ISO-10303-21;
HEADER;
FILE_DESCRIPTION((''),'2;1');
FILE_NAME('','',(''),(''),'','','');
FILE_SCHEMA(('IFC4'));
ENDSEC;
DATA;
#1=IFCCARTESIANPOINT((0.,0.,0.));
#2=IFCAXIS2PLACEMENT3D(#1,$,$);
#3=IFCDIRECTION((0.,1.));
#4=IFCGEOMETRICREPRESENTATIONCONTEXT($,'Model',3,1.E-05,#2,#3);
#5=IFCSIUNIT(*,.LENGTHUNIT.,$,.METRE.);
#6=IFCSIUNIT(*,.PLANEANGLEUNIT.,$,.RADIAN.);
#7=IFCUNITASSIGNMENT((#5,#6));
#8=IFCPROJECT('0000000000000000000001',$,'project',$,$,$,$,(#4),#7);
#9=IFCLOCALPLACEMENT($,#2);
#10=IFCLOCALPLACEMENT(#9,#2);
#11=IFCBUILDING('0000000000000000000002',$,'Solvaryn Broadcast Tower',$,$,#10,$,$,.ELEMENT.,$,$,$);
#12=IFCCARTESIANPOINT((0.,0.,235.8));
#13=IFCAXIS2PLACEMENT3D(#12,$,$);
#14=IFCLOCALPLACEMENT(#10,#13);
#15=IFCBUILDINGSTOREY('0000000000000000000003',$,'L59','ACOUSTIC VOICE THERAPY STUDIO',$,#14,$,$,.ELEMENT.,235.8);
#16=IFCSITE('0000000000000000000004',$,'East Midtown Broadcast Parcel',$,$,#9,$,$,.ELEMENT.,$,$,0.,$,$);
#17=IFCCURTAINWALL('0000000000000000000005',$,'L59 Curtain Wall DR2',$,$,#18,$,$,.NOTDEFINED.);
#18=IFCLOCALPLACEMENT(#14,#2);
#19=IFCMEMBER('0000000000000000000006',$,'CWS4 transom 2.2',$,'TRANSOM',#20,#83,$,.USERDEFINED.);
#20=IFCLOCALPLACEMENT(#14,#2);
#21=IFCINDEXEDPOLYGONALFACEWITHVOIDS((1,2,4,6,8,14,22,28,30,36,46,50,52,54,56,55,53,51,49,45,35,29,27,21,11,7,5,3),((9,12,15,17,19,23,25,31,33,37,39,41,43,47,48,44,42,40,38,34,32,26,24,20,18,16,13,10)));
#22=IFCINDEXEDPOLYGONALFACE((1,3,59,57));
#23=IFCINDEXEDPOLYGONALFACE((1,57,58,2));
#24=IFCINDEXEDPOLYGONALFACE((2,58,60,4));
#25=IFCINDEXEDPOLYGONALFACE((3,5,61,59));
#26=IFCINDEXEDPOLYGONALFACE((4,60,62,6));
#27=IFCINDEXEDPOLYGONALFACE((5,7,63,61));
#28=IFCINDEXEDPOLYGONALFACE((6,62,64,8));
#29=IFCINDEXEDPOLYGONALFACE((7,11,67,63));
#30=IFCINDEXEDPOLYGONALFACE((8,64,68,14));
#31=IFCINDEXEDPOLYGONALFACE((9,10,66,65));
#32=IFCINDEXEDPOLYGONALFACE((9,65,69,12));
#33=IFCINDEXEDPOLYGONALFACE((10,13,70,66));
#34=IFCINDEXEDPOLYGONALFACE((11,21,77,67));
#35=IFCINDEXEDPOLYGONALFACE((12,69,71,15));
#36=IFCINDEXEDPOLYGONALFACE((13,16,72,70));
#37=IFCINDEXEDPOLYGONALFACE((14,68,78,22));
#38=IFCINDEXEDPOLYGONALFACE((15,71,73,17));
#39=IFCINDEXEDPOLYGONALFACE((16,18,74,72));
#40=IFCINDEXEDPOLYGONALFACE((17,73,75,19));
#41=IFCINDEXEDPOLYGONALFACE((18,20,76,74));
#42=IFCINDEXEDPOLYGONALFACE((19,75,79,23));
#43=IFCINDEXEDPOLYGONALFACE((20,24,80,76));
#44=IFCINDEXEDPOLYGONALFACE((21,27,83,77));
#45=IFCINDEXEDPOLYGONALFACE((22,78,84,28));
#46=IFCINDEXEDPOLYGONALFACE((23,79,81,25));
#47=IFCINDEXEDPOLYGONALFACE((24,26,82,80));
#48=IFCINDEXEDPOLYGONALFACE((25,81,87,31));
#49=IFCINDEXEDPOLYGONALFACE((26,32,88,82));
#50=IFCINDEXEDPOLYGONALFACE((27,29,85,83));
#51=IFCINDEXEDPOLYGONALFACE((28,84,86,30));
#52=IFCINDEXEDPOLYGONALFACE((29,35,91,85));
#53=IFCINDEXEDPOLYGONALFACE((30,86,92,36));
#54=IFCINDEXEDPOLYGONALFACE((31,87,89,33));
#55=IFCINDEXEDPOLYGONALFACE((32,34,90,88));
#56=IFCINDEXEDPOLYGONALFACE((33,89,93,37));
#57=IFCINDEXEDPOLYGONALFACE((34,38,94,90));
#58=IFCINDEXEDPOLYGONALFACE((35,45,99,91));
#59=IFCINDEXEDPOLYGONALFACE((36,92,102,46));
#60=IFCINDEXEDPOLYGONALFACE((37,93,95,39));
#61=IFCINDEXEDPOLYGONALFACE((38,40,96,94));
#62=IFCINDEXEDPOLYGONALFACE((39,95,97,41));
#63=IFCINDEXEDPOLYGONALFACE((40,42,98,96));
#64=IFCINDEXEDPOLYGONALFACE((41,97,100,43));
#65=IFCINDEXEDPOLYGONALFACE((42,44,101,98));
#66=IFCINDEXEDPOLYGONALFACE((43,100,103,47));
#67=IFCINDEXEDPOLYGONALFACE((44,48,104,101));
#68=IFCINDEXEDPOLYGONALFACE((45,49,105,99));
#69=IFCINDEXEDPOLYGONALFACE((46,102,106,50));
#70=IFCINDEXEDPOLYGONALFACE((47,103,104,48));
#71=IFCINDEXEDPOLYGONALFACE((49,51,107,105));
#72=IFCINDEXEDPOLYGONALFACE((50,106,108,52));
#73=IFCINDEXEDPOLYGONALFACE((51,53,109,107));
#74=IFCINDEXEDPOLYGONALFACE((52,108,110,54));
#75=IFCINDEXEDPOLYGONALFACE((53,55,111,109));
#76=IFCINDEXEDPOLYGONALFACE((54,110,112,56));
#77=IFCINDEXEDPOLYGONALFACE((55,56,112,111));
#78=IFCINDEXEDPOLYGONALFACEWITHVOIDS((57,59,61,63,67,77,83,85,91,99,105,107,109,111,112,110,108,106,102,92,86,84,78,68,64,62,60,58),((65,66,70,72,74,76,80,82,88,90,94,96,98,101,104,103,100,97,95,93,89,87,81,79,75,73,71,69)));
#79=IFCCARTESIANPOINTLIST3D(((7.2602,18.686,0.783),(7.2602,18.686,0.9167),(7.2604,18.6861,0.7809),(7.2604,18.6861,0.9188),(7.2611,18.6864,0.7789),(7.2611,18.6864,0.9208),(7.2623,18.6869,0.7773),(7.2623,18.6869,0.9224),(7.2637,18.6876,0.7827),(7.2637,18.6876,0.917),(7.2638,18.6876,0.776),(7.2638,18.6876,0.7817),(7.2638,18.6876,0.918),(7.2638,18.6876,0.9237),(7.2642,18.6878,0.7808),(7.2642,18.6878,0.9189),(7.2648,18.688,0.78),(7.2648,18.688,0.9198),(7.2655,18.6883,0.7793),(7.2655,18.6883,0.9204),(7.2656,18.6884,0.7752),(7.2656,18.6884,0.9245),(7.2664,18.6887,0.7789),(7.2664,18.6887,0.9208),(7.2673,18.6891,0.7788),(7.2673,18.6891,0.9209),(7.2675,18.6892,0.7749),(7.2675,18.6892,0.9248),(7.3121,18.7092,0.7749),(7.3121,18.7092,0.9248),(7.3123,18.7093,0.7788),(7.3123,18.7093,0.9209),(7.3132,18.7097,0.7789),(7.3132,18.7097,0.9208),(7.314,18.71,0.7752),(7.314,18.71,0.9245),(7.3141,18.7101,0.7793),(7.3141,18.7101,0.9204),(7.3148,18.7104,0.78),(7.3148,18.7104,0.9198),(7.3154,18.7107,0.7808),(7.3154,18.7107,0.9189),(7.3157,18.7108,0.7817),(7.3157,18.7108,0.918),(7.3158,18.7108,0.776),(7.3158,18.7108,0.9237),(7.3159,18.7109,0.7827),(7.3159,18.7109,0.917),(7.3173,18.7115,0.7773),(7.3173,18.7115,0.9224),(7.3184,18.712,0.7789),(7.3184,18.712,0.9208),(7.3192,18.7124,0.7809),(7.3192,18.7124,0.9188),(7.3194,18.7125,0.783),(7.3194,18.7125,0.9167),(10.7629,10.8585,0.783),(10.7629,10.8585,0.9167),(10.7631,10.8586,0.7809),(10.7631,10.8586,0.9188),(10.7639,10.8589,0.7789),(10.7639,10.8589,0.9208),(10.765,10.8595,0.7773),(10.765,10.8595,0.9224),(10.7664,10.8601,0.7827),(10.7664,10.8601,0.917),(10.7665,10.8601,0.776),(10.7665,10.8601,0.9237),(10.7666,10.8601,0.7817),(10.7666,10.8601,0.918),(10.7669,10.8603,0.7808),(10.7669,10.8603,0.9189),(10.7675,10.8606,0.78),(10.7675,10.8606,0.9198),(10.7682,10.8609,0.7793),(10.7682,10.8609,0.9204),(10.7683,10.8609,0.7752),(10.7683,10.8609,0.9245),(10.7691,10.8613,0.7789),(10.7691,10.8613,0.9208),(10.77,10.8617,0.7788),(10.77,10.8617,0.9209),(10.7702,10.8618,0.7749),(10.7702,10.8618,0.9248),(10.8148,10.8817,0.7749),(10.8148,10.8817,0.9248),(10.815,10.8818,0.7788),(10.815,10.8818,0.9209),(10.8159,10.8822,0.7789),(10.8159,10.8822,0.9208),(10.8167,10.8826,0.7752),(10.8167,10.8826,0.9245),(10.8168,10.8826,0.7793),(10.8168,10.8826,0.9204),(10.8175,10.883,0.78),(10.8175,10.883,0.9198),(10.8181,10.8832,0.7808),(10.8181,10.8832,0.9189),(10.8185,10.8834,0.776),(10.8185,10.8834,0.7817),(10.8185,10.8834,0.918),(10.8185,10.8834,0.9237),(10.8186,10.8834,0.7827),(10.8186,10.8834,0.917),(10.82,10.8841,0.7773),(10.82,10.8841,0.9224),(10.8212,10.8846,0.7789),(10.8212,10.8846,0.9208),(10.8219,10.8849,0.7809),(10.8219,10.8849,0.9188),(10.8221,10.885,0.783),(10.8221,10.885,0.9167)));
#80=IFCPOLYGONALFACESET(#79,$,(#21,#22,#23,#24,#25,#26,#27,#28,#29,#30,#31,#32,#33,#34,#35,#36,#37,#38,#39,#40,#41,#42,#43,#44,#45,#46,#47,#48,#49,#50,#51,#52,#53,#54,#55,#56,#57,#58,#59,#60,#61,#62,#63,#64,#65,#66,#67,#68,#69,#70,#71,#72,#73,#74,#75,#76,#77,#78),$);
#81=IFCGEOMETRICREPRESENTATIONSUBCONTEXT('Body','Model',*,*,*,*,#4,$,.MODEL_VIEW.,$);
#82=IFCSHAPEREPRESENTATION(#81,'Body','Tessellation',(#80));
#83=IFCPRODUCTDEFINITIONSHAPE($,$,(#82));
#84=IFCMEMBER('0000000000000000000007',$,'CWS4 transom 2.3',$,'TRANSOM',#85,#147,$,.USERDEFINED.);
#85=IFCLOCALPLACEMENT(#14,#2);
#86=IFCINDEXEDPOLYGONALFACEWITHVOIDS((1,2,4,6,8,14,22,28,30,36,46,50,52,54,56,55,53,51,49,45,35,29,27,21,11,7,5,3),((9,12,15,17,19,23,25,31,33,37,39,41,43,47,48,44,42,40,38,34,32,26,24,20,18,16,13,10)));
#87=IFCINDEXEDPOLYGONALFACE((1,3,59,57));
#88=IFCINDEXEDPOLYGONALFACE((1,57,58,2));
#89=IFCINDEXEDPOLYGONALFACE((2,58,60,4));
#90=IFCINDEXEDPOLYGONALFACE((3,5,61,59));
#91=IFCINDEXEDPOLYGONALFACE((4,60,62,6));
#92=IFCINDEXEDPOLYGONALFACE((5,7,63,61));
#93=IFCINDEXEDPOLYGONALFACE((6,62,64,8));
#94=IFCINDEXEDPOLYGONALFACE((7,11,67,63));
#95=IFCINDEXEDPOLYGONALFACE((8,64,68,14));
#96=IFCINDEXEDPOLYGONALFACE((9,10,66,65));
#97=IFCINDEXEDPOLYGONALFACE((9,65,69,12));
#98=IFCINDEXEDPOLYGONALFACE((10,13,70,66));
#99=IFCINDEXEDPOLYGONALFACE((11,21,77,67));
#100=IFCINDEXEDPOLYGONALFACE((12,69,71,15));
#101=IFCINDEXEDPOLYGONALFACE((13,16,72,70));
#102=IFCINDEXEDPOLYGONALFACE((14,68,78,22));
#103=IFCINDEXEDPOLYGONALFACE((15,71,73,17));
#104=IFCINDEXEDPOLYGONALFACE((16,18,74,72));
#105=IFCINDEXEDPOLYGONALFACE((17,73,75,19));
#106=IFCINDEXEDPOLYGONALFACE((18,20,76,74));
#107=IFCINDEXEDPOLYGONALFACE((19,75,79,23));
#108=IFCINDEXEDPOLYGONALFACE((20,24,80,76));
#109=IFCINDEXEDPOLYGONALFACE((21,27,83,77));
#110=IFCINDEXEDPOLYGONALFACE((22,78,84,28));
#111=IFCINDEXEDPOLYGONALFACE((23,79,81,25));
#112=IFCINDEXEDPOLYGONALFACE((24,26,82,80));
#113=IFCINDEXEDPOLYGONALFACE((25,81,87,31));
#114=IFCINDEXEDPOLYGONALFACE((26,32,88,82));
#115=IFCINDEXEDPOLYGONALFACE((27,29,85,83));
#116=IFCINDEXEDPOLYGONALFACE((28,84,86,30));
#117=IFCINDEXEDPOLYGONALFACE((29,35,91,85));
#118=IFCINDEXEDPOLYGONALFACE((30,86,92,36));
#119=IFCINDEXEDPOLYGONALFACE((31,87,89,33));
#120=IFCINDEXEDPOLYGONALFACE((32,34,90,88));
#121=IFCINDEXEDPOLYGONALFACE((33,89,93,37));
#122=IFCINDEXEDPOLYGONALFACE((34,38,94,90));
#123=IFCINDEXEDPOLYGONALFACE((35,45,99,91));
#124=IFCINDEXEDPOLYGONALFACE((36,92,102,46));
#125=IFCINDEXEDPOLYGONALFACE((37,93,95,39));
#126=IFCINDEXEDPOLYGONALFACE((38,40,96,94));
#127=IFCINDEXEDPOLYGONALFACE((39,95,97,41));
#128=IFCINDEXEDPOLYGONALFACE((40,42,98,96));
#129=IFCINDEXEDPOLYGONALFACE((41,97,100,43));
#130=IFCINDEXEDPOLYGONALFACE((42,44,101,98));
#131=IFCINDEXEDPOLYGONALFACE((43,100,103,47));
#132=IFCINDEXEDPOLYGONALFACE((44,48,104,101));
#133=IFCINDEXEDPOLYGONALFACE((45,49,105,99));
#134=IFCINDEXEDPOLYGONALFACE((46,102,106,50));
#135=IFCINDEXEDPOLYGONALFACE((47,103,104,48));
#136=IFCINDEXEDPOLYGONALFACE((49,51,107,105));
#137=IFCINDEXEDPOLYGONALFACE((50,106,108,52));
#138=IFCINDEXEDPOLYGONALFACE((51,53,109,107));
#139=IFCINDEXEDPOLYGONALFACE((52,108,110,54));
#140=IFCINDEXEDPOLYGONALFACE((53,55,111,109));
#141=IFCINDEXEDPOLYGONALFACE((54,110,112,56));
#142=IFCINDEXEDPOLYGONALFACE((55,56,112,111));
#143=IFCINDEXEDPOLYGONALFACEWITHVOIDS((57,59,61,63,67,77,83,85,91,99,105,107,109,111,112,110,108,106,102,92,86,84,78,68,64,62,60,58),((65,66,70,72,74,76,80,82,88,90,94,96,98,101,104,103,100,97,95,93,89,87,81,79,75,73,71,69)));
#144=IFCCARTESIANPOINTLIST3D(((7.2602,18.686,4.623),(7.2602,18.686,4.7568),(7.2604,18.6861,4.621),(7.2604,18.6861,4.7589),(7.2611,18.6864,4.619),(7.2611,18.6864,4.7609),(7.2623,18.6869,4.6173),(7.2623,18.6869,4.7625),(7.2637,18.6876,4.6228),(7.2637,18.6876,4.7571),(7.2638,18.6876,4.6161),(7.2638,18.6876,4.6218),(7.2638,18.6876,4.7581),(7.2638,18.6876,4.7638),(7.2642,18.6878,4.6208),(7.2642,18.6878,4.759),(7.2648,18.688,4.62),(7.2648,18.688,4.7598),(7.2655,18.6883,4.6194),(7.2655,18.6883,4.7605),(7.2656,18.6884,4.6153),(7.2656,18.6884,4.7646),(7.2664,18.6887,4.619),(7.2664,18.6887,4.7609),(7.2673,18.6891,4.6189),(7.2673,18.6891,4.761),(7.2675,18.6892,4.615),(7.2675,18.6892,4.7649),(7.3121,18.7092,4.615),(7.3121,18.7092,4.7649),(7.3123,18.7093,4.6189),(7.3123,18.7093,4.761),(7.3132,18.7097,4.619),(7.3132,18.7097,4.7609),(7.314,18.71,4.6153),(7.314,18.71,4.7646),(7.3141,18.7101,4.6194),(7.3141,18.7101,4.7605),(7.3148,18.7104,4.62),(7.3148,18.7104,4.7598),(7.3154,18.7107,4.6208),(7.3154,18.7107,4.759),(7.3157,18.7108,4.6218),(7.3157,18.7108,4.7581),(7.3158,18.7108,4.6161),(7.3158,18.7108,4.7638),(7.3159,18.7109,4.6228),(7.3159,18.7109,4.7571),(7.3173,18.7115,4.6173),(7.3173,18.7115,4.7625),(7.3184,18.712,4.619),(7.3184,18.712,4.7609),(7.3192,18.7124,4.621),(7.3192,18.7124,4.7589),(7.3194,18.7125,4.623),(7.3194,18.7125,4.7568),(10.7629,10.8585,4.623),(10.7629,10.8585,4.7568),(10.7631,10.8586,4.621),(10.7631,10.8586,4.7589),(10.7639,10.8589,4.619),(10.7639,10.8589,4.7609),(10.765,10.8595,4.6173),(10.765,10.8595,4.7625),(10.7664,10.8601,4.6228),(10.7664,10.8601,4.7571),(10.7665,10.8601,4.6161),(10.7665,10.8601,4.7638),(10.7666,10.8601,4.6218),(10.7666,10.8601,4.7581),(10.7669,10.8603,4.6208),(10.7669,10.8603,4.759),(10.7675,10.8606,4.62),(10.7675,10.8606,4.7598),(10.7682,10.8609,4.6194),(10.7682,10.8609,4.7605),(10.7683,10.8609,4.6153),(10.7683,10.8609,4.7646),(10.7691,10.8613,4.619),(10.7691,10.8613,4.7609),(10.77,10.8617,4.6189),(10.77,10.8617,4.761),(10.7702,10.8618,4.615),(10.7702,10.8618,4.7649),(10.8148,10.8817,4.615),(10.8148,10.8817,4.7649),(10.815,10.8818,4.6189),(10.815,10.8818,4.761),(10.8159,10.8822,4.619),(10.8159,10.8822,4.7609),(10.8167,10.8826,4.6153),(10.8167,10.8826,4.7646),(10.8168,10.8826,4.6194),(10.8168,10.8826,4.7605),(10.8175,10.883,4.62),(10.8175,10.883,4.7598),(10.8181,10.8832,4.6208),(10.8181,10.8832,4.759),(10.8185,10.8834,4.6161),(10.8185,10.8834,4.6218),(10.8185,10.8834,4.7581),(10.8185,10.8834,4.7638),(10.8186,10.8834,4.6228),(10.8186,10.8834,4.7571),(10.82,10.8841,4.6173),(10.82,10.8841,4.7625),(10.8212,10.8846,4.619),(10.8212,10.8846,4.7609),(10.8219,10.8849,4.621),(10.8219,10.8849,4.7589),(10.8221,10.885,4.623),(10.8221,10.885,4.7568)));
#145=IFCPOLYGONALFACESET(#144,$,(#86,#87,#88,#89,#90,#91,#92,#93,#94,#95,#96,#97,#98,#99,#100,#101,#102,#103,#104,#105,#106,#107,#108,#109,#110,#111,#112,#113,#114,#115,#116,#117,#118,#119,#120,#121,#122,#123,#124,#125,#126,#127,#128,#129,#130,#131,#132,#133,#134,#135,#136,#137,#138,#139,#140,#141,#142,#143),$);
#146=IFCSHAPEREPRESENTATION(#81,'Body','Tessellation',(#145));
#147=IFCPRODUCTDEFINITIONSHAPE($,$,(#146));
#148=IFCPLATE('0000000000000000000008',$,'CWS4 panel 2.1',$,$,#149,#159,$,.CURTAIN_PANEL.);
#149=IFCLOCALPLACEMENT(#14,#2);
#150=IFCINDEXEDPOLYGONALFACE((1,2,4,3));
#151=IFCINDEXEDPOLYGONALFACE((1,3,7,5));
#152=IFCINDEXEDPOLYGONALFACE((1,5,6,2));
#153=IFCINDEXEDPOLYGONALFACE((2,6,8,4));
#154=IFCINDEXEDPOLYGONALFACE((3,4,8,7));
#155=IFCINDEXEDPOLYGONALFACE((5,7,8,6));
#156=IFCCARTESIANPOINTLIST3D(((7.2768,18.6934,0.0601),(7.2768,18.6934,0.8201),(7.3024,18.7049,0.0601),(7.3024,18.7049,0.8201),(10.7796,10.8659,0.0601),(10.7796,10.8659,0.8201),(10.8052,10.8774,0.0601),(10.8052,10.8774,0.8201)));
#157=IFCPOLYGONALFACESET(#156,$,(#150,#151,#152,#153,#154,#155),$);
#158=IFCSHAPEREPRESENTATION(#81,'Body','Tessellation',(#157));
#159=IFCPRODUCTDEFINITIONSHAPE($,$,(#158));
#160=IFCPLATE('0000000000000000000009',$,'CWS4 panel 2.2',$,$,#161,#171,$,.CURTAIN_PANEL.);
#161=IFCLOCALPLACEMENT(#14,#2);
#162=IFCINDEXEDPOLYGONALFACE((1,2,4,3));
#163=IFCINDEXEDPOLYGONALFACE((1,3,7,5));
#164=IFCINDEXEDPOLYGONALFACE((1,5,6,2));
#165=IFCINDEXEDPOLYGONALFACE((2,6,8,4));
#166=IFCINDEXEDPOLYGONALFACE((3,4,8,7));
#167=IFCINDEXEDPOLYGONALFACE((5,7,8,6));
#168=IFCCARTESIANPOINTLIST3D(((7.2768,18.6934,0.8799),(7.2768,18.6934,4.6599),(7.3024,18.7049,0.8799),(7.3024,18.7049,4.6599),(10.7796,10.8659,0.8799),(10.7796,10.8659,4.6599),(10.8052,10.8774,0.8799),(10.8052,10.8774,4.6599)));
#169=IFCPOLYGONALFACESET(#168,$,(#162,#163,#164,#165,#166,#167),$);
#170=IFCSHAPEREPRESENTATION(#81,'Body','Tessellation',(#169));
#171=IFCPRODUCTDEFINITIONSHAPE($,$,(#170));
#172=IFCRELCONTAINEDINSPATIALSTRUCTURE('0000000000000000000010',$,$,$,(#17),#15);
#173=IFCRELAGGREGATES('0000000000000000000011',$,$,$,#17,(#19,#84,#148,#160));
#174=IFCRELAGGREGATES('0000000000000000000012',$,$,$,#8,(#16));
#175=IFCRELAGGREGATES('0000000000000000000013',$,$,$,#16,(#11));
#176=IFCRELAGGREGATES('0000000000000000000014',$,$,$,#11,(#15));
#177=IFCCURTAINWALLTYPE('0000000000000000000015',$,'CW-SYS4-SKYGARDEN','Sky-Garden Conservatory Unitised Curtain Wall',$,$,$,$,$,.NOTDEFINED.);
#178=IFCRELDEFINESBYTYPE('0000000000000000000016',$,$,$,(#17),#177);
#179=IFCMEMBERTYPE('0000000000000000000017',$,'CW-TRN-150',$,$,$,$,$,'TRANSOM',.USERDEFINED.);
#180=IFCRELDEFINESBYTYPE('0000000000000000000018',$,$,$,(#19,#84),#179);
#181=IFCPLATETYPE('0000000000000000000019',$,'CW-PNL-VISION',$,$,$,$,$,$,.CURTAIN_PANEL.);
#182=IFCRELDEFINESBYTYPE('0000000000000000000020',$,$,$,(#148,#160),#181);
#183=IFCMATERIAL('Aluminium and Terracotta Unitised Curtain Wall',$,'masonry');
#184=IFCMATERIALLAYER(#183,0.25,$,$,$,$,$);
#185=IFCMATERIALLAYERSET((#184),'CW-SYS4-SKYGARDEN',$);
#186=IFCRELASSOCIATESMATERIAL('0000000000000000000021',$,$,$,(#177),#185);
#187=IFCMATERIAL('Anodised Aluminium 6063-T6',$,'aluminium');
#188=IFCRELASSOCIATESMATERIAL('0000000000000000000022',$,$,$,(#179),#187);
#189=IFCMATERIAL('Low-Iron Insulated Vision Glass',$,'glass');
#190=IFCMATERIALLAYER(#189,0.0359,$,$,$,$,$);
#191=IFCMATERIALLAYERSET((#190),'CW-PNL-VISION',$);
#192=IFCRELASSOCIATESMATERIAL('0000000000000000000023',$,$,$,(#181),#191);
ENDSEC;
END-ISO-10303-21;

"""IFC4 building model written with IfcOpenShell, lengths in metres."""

from ifc_helpers import new_model, si_unit, direction, frame, origin, origin_2d, place, context, subcontext, project, spatial, rectangle, hollow_rectangle, extrude, material, layer, layer_set, material_profile, profile_set, type_object, element, aggregate, save


model = new_model("IFC4")

# Units and contexts
model_context = context("Model", 3, precision=1e-05, world=origin(), true_north=direction((0.0, 1.0)))
body_context = subcontext(model_context, "Body", "Model", "MODEL_VIEW")
ifc_project = project(units=[si_unit("LENGTHUNIT", "METRE"), si_unit("PLANEANGLEUNIT", "RADIAN")], contexts=[model_context])

# Site, building, storey
site_placement = place(None, origin())
site = spatial("IfcSite", under=ifc_project, at=site_placement, Name="East Midtown Broadcast Parcel", CompositionType="ELEMENT", RefElevation=0.0)
building_placement = place(site_placement, origin())
building = spatial("IfcBuilding", under=site, at=building_placement, Name="Solvaryn Broadcast Tower", CompositionType="ELEMENT")
storey_placement = place(building_placement, frame((0.0, 0.0, 235.8)))
storey = spatial("IfcBuildingStorey", under=building, at=storey_placement, Name="L59", Description="ACOUSTIC VOICE THERAPY STUDIO", CompositionType="ELEMENT", Elevation=235.8)

# Curtain wall
ifc_material_1 = material(Name="Aluminium and Terracotta Unitised Curtain Wall", Category="masonry")
ifc_layer_1 = layer(ifc_material_1, 0.25)
ifc_layer_set_1 = layer_set([ifc_layer_1], Name="CW-SYS4-SKYGARDEN")
curtain_wall_type = type_object("IfcCurtainWallType", Name="CW-SYS4-SKYGARDEN", Description="Sky-Garden Conservatory Unitised Curtain Wall", PredefinedType="NOTDEFINED", material=ifc_layer_set_1)
curtain_wall_1_placement = place(storey_placement, origin())
curtain_wall_1 = element("IfcCurtainWall", 1, at=curtain_wall_1_placement, inside=storey, type_object=curtain_wall_type, Name="L59 Curtain Wall DR2", PredefinedType="NOTDEFINED")

# Members
ifc_material_2 = material(Name="Anodised Aluminium 6063-T6", Category="aluminium")
ifc_material_profile_1 = material_profile(ifc_material_2, hollow_rectangle(XDim=0.0649, YDim=0.1499, WallThickness=0.0039, InnerFilletRadius=0.0039, OuterFilletRadius=0.0081, at=origin_2d()))
ifc_profile_set_1 = profile_set([ifc_material_profile_1], Name="Anodised Aluminium 6063-T6")
member_type_1 = type_object("IfcMemberType", Name="CW-TRN-150", ElementType="TRANSOM", PredefinedType="USERDEFINED", material=ifc_profile_set_1)
member_1_placement = place(storey_placement, frame((7.2898, 18.6992, 0.8499), z_axis=(0.408459, -0.912777, 0.0), x_axis=(0.912777, 0.408459, 0.0)))
member_1 = element("IfcMember", 2, at=member_1_placement, type_object=member_type_1, Name="CWS4 transom 2.2", ObjectType="TRANSOM", PredefinedType="USERDEFINED", context=body_context, shape_type="SweptSolid", body=[
    extrude(hollow_rectangle(XDim=0.0649, YDim=0.1499, WallThickness=0.0039, InnerFilletRadius=0.0039, OuterFilletRadius=0.0081, at=origin_2d()), origin(), (0.0, 0.0, 1.0), 8.5754),
])
member_2_placement = place(storey_placement, frame((7.2898, 18.6992, 4.6899), z_axis=(0.408459, -0.912777, 0.0), x_axis=(0.912777, 0.408459, 0.0)))
member_2 = element("IfcMember", 3, at=member_2_placement, type_object=member_type_1, Name="CWS4 transom 2.3", ObjectType="TRANSOM", PredefinedType="USERDEFINED", context=body_context, shape_type="SweptSolid", body=[
    extrude(hollow_rectangle(XDim=0.0649, YDim=0.1499, WallThickness=0.0039, InnerFilletRadius=0.0039, OuterFilletRadius=0.0081, at=origin_2d()), origin(), (0.0, 0.0, 1.0), 8.5754),
])

# Plates
ifc_material_3 = material(Name="Low-Iron Insulated Vision Glass", Category="glass")
ifc_layer_2 = layer(ifc_material_3, 0.0359)
ifc_layer_set_2 = layer_set([ifc_layer_2], Name="CW-PNL-VISION")
plate_type = type_object("IfcPlateType", Name="CW-PNL-VISION", PredefinedType="CURTAIN_PANEL", material=ifc_layer_set_2)
plate_1_placement = place(storey_placement, frame((9.041, 14.7854, 0.0601), z_axis=(0.0, 0.0, 1.0), x_axis=(0.408466, -0.912774, 0.0)))
plate_1 = element("IfcPlate", 4, at=plate_1_placement, type_object=plate_type, Name="CWS4 panel 2.1", PredefinedType="CURTAIN_PANEL", context=body_context, shape_type="SweptSolid", body=[
    extrude(rectangle(XDim=8.5754, YDim=0.0281, at=origin_2d()), origin(), (0.0, 0.0, 1.0), 0.76),
])
plate_2_placement = place(storey_placement, frame((9.041, 14.7854, 0.8799), z_axis=(0.0, 0.0, 1.0), x_axis=(0.408466, -0.912774, 0.0)))
plate_2 = element("IfcPlate", 5, at=plate_2_placement, type_object=plate_type, Name="CWS4 panel 2.2", PredefinedType="CURTAIN_PANEL", context=body_context, shape_type="SweptSolid", body=[
    extrude(rectangle(XDim=8.5754, YDim=0.0281, at=origin_2d()), origin(), (0.0, 0.0, 1.0), 3.78),
])
aggregate(curtain_wall_1, [member_1, member_2, plate_1, plate_2])

save(model, "model.ifc")
